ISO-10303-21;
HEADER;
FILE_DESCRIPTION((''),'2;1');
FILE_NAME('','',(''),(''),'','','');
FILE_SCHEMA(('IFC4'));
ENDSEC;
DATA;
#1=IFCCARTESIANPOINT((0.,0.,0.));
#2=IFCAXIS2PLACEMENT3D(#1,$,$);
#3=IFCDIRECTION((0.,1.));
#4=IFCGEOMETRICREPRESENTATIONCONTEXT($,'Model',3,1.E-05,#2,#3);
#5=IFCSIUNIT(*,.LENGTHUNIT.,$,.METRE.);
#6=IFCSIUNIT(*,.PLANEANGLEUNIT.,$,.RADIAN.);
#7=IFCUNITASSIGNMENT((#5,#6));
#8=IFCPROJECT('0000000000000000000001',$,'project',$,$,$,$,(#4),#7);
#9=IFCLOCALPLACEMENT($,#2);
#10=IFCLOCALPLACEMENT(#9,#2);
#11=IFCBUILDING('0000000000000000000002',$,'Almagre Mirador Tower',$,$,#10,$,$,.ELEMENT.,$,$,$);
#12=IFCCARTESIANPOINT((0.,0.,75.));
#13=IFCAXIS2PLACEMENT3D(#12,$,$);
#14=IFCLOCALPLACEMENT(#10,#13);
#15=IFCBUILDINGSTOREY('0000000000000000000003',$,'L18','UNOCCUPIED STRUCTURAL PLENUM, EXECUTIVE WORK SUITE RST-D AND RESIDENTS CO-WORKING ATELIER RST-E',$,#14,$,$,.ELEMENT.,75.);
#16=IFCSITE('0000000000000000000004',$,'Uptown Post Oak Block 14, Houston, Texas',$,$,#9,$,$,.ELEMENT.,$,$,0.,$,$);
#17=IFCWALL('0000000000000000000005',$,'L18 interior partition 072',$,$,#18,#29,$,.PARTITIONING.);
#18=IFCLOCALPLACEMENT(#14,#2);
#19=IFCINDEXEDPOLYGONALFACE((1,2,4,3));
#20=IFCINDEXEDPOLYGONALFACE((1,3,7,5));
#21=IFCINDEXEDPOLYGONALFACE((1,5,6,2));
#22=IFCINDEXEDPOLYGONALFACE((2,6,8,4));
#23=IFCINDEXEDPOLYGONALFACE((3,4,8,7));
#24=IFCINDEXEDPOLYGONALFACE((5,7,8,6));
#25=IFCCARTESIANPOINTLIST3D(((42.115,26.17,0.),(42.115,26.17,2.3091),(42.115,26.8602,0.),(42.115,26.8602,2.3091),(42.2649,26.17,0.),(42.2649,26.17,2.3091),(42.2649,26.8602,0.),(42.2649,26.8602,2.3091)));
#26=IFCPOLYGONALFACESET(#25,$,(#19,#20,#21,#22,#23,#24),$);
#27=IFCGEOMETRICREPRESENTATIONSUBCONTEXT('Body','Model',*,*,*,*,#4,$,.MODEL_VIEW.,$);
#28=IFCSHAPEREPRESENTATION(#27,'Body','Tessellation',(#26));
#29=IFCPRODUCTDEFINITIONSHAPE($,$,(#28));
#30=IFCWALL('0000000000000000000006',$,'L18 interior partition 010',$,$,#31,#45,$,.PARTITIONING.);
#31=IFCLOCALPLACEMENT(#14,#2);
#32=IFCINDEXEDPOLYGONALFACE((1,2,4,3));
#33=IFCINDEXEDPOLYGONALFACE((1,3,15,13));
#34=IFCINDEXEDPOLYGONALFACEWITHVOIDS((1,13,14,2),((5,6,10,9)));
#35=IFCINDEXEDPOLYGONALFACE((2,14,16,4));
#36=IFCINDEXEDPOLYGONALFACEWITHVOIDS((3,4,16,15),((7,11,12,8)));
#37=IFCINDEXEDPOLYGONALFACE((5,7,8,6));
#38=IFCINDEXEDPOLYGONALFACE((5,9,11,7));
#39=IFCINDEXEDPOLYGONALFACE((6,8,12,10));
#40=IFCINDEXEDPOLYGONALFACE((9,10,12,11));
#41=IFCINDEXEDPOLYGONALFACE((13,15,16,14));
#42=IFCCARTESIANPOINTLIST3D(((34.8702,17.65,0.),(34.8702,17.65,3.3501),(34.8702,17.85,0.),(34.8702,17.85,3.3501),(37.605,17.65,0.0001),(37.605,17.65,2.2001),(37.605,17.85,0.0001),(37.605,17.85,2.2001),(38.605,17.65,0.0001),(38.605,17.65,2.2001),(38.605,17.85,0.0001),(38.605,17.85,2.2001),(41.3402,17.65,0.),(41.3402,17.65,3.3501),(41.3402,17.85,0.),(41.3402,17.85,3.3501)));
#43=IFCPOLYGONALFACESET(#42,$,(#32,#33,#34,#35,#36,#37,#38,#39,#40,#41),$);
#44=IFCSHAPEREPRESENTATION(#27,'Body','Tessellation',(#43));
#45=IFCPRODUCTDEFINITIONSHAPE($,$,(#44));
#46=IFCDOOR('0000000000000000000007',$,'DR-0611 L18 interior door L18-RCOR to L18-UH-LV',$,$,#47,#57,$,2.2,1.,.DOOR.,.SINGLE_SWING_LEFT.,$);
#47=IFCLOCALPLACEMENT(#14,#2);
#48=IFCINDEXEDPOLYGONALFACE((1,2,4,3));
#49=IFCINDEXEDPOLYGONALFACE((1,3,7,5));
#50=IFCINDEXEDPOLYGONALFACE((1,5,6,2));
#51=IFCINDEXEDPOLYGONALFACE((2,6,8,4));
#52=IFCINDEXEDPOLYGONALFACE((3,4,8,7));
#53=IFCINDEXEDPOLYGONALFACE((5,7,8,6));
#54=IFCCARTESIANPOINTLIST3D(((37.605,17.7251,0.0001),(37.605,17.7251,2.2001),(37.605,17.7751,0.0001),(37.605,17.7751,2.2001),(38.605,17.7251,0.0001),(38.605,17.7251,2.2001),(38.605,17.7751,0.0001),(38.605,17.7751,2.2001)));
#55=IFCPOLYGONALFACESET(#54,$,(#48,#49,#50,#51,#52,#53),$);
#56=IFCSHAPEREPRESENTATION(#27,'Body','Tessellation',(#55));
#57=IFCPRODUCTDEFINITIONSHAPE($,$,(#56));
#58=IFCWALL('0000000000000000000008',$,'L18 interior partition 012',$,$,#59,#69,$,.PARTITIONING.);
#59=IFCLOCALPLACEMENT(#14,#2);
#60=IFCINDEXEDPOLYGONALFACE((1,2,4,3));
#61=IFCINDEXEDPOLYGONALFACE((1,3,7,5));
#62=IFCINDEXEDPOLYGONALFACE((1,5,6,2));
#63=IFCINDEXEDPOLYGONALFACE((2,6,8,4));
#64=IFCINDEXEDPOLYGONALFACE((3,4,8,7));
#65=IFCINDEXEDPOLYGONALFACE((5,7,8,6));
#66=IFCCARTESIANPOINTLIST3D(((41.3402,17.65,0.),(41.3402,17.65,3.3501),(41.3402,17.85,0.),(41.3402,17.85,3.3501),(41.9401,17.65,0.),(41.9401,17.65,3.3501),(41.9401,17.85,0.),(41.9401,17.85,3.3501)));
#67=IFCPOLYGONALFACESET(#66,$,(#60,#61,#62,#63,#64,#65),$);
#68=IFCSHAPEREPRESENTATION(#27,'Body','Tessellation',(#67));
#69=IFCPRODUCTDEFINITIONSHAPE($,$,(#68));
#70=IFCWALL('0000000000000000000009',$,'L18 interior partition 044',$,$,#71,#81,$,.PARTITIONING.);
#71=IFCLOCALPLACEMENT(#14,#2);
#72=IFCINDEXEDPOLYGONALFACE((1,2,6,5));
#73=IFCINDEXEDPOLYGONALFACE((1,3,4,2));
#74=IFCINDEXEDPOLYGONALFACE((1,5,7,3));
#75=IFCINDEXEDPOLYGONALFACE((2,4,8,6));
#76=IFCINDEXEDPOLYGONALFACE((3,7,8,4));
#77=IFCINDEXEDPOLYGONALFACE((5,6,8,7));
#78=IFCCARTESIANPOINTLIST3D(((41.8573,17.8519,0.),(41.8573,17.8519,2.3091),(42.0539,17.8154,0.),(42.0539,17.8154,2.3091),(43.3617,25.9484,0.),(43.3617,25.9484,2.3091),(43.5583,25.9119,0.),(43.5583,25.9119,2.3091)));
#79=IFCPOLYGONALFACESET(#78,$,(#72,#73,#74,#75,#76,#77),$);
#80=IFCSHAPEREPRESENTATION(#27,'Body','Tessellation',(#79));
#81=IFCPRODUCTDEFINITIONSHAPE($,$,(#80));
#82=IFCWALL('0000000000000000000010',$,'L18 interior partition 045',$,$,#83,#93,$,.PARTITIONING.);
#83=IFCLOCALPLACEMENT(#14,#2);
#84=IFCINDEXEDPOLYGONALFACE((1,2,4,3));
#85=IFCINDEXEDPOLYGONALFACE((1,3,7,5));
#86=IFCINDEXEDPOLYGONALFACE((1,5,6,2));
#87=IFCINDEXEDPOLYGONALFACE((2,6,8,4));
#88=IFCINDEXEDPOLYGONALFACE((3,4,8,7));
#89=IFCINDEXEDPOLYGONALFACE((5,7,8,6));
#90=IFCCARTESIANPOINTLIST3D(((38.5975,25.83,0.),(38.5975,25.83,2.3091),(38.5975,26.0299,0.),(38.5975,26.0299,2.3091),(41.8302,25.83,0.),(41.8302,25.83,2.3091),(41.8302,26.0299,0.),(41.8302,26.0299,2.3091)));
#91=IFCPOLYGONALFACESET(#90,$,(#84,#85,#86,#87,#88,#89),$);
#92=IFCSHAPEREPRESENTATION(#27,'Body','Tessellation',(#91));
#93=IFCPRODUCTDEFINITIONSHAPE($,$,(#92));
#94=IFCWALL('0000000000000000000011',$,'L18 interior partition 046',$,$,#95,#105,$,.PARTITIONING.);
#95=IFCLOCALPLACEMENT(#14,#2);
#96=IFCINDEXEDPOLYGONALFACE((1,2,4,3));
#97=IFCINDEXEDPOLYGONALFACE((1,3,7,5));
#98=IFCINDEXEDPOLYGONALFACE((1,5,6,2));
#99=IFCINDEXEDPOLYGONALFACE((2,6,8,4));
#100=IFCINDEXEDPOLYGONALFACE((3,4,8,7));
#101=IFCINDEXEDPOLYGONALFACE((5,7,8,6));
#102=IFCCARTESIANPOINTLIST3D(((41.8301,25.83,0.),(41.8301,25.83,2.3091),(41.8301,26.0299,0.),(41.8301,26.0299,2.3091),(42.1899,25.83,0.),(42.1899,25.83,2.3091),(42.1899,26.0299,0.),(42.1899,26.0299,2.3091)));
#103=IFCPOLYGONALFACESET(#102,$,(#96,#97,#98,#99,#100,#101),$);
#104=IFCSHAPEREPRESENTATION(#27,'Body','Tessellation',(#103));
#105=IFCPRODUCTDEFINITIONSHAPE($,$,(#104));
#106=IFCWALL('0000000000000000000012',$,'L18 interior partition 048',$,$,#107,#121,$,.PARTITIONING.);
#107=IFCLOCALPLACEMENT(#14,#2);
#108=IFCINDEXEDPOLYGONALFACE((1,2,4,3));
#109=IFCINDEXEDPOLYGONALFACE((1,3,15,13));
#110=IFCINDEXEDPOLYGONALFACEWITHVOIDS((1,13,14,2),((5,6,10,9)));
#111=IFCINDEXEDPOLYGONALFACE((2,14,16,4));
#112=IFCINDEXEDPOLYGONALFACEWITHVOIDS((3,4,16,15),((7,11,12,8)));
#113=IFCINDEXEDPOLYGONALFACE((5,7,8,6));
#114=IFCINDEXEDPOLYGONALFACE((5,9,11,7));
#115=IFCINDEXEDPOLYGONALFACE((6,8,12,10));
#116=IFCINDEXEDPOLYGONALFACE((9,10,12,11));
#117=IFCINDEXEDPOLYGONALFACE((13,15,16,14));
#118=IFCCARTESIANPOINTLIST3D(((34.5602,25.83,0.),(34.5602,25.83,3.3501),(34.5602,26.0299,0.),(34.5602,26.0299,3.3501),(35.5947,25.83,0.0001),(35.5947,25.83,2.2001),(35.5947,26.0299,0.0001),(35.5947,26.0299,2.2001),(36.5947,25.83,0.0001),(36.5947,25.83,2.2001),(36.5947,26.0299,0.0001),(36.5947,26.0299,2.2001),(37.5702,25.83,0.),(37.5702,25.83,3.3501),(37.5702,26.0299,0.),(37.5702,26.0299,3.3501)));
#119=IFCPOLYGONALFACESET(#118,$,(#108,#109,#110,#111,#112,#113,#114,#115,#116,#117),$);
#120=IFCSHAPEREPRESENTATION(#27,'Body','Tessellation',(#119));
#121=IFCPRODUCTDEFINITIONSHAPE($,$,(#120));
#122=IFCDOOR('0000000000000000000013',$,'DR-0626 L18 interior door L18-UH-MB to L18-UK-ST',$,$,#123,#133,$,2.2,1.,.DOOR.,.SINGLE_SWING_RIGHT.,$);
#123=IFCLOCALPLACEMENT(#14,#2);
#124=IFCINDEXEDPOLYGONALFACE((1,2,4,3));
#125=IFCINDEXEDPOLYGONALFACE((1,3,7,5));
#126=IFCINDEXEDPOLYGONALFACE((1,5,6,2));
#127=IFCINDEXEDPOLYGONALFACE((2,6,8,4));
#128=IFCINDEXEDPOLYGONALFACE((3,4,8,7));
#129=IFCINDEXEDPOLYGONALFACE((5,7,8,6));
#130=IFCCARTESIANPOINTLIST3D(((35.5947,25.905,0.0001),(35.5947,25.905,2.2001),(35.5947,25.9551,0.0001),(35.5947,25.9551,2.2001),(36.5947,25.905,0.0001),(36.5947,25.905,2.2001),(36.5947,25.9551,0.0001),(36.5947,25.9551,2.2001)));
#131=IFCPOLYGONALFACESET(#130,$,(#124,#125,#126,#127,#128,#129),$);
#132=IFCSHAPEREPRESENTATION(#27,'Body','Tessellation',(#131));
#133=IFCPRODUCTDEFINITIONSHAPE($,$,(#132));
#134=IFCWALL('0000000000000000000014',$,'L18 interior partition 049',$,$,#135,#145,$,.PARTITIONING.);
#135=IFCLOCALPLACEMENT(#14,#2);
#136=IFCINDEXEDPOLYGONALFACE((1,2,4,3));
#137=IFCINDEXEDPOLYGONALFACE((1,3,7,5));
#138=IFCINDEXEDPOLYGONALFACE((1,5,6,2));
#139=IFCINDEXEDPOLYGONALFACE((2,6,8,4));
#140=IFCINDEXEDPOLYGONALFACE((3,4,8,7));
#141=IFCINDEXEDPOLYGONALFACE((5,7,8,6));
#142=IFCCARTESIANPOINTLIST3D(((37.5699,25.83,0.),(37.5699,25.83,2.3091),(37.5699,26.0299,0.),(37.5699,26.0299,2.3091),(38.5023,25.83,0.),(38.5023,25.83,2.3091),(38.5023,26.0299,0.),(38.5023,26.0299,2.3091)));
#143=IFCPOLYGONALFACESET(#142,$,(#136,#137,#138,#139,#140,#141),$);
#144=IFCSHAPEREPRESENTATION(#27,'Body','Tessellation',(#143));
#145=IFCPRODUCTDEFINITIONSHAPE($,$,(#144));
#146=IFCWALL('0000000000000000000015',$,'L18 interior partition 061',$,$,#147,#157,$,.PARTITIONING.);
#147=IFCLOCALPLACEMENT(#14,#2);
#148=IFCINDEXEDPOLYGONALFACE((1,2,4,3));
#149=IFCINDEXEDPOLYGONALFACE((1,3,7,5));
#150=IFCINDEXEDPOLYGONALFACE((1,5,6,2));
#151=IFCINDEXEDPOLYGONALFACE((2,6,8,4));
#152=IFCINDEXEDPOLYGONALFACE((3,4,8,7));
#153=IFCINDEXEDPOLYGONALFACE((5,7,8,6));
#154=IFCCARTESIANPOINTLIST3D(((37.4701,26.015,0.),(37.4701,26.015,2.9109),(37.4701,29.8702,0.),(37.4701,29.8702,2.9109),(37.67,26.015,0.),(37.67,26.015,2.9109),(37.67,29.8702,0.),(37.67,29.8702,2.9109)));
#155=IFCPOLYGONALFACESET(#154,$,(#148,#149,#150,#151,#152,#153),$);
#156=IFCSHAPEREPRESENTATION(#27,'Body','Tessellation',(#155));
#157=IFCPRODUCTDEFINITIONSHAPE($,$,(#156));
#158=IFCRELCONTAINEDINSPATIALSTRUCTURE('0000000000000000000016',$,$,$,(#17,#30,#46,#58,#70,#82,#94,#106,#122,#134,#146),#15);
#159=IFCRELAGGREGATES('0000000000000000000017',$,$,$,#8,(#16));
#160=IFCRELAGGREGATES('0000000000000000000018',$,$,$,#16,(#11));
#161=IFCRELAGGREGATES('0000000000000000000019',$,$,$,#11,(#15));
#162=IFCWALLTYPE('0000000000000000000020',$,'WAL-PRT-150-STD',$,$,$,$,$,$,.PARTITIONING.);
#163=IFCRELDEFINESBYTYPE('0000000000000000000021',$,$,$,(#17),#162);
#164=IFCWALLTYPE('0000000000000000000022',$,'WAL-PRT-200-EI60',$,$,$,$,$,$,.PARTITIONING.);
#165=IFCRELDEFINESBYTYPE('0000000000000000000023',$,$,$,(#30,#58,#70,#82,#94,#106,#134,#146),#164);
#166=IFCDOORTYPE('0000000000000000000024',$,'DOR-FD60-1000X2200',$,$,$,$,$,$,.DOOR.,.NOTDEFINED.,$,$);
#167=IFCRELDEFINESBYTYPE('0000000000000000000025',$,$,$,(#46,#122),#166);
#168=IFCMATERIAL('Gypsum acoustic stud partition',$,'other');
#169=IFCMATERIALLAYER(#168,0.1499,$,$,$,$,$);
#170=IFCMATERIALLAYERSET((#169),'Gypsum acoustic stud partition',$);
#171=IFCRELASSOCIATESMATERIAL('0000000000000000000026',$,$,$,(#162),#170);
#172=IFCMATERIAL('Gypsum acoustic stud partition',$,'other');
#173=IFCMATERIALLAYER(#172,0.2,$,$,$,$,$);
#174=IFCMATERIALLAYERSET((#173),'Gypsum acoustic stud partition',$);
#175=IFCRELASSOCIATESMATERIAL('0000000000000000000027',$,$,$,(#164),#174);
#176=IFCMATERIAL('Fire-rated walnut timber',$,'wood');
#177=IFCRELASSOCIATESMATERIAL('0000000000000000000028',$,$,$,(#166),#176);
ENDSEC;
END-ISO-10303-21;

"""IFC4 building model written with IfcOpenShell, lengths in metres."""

from ifc_helpers import new_model, si_unit, direction, frame, frame_2d, origin, place, context, subcontext, project, spatial, rectangle, extrude, material, layer, layer_set, type_object, element, fill, save


model = new_model("IFC4")

# Units and contexts
model_context = context("Model", 3, precision=1e-05, world=origin(), true_north=direction((0.0, 1.0)))
body_context = subcontext(model_context, "Body", "Model", "MODEL_VIEW")
ifc_project = project(units=[si_unit("LENGTHUNIT", "METRE"), si_unit("PLANEANGLEUNIT", "RADIAN")], contexts=[model_context])

# Site, building, storey
site_placement = place(None, origin())
site = spatial("IfcSite", under=ifc_project, at=site_placement, Name="Uptown Post Oak Block 14, Houston, Texas", CompositionType="ELEMENT", RefElevation=0.0)
building_placement = place(site_placement, origin())
building = spatial("IfcBuilding", under=site, at=building_placement, Name="Almagre Mirador Tower", CompositionType="ELEMENT")
storey_placement = place(building_placement, frame((0.0, 0.0, 75.0)))
storey = spatial("IfcBuildingStorey", under=building, at=storey_placement, Name="L18", Description="UNOCCUPIED STRUCTURAL PLENUM, EXECUTIVE WORK SUITE RST-D AND RESIDENTS CO-WORKING ATELIER RST-E", CompositionType="ELEMENT", Elevation=75.0)

# Shared definitions
ifc_material_1 = material(Name="Gypsum acoustic stud partition", Category="other")
ifc_layer_1 = layer(ifc_material_1, 0.1499)
ifc_layer_set_1 = layer_set([ifc_layer_1], Name="Gypsum acoustic stud partition")
wall_type_1 = type_object("IfcWallType", Name="WAL-PRT-150-STD", PredefinedType="PARTITIONING", material=ifc_layer_set_1)

# Wall
wall_1_placement = place(storey_placement, frame((42.1899, 26.1699, 0.0), z_axis=(0.0, 0.0, 1.0), x_axis=(0.0, 1.0, 0.0)))
element("IfcWall", 1, at=wall_1_placement, inside=storey, type_object=wall_type_1, Name="L18 interior partition 072", PredefinedType="PARTITIONING", context=body_context, shape_type="SweptSolid", body=[
    extrude(rectangle(XDim=0.6902, YDim=0.1499, at=frame_2d((0.3452, 0.0))), origin(), (0.0, 0.0, 1.0), 2.3091),
])

# Wall, opening, door
ifc_material_2 = material(Name="Gypsum acoustic stud partition", Category="other")
ifc_layer_2 = layer(ifc_material_2, 0.2)
ifc_layer_set_2 = layer_set([ifc_layer_2], Name="Gypsum acoustic stud partition")
wall_type_2 = type_object("IfcWallType", Name="WAL-PRT-200-EI60", PredefinedType="PARTITIONING", material=ifc_layer_set_2)
wall_2_placement = place(storey_placement, frame((41.3401, 17.75, 0.0), z_axis=(0.0, 0.0, 1.0), x_axis=(-1.0, 0.0, 0.0)))
wall_2 = element("IfcWall", 2, at=wall_2_placement, inside=storey, type_object=wall_type_2, Name="L18 interior partition 010", PredefinedType="PARTITIONING", context=body_context, shape_type="SweptSolid", body=[
    extrude(rectangle(XDim=6.47, YDim=0.2, at=frame_2d((3.2349, 0.0))), origin(), (0.0, 0.0, 1.0), 3.3501),
])
opening_1_placement = place(wall_2_placement, frame((2.7351, 0.0, 0.0)))
opening_1 = element("IfcOpeningElement", 3, at=opening_1_placement, cuts=wall_2, PredefinedType="OPENING", context=body_context, shape_type="SweptSolid", body=[
    extrude(rectangle(XDim=1.0, YDim=2.2, at=frame_2d((0.5, 1.1001))), frame((0.0, 0.1101, 0.0), z_axis=(0.0, -1.0, 0.0), x_axis=(1.0, 0.0, 0.0)), (0.0, 0.0, 1.0), 0.22),
])
ifc_material_3 = material(Name="Fire-rated walnut timber", Category="wood")
door_type_1 = type_object("IfcDoorType", Name="DOR-FD60-1000X2200", OperationType="NOTDEFINED", PredefinedType="DOOR", material=ifc_material_3)
door_1_placement = place(opening_1_placement, origin())
door_1 = element("IfcDoor", 4, at=door_1_placement, inside=storey, type_object=door_type_1, Name="DR-0611 L18 interior door L18-RCOR to L18-UH-LV", OperationType="SINGLE_SWING_LEFT", OverallHeight=2.2, OverallWidth=1.0, PredefinedType="DOOR", context=body_context, shape_type="SweptSolid", body=[
    extrude(rectangle(XDim=1.0, YDim=2.2, at=frame_2d((0.5, 1.1001))), frame((0.0, 0.0249, 0.0), z_axis=(0.0, -1.0, 0.0), x_axis=(1.0, 0.0, 0.0)), (0.0, 0.0, 1.0), 0.05),
])
fill(opening_1, door_1)

# Walls
wall_3_placement = place(storey_placement, frame((41.9399, 17.75, 0.0), z_axis=(0.0, 0.0, 1.0), x_axis=(-1.0, 0.0, 0.0)))
element("IfcWall", 5, at=wall_3_placement, inside=storey, type_object=wall_type_2, Name="L18 interior partition 012", PredefinedType="PARTITIONING", context=body_context, shape_type="SweptSolid", body=[
    extrude(rectangle(XDim=0.5999, YDim=0.2, at=frame_2d((0.2998, 0.0))), origin(), (0.0, 0.0, 1.0), 3.3501),
])
wall_4_placement = place(storey_placement, frame((41.9556, 17.8335, 0.0), z_axis=(0.0, 0.0, 1.0), x_axis=(0.182683, 0.983172, 0.0)))
element("IfcWall", 6, at=wall_4_placement, inside=storey, type_object=wall_type_2, Name="L18 interior partition 044", PredefinedType="PARTITIONING", context=body_context, shape_type="SweptSolid", body=[
    extrude(rectangle(XDim=8.2351, YDim=0.2, at=frame_2d((4.1177, 0.0))), origin(), (0.0, 0.0, 1.0), 2.3091),
])
wall_5_placement = place(storey_placement, frame((41.8301, 25.9299, 0.0), z_axis=(0.0, 0.0, 1.0), x_axis=(-1.0, 0.0, 0.0)))
element("IfcWall", 7, at=wall_5_placement, inside=storey, type_object=wall_type_2, Name="L18 interior partition 045", PredefinedType="PARTITIONING", context=body_context, shape_type="SweptSolid", body=[
    extrude(rectangle(XDim=3.2327, YDim=0.2, at=frame_2d((1.6162, 0.0))), origin(), (0.0, 0.0, 1.0), 2.3091),
])
wall_6_placement = place(storey_placement, frame((42.1899, 25.9299, 0.0), z_axis=(0.0, 0.0, 1.0), x_axis=(-1.0, 0.0, 0.0)))
element("IfcWall", 8, at=wall_6_placement, inside=storey, type_object=wall_type_2, Name="L18 interior partition 046", PredefinedType="PARTITIONING", context=body_context, shape_type="SweptSolid", body=[
    extrude(rectangle(XDim=0.3599, YDim=0.2, at=frame_2d((0.1799, 0.0))), origin(), (0.0, 0.0, 1.0), 2.3091),
])

# Wall, opening, door
wall_7_placement = place(storey_placement, frame((37.5701, 25.9299, 0.0), z_axis=(0.0, 0.0, 1.0), x_axis=(-1.0, 0.0, 0.0)))
wall_7 = element("IfcWall", 9, at=wall_7_placement, inside=storey, type_object=wall_type_2, Name="L18 interior partition 048", PredefinedType="PARTITIONING", context=body_context, shape_type="SweptSolid", body=[
    extrude(rectangle(XDim=3.01, YDim=0.2, at=frame_2d((1.5049, 0.0))), origin(), (0.0, 0.0, 1.0), 3.3501),
])
opening_2_placement = place(wall_7_placement, frame((0.9753, 0.0, 0.0)))
opening_2 = element("IfcOpeningElement", 10, at=opening_2_placement, cuts=wall_7, PredefinedType="OPENING", context=body_context, shape_type="SweptSolid", body=[
    extrude(rectangle(XDim=1.0, YDim=2.2, at=frame_2d((0.5, 1.1001))), frame((0.0, 0.1101, 0.0), z_axis=(0.0, -1.0, 0.0), x_axis=(1.0, 0.0, 0.0)), (0.0, 0.0, 1.0), 0.22),
])
door_2_placement = place(opening_2_placement, origin())
door_2 = element("IfcDoor", 11, at=door_2_placement, inside=storey, type_object=door_type_1, Name="DR-0626 L18 interior door L18-UH-MB to L18-UK-ST", OperationType="SINGLE_SWING_RIGHT", OverallHeight=2.2, OverallWidth=1.0, PredefinedType="DOOR", context=body_context, shape_type="SweptSolid", body=[
    extrude(rectangle(XDim=1.0, YDim=2.2, at=frame_2d((0.5, 1.1001))), frame((0.0, 0.0249, 0.0), z_axis=(0.0, -1.0, 0.0), x_axis=(1.0, 0.0, 0.0)), (0.0, 0.0, 1.0), 0.05),
])
fill(opening_2, door_2)

# Walls
wall_8_placement = place(storey_placement, frame((38.5024, 25.9299, 0.0), z_axis=(0.0, 0.0, 1.0), x_axis=(-1.0, 0.0, 0.0)))
element("IfcWall", 12, at=wall_8_placement, inside=storey, type_object=wall_type_2, Name="L18 interior partition 049", PredefinedType="PARTITIONING", context=body_context, shape_type="SweptSolid", body=[
    extrude(rectangle(XDim=0.9324, YDim=0.2, at=frame_2d((0.4663, 0.0))), origin(), (0.0, 0.0, 1.0), 2.3091),
])
wall_9_placement = place(storey_placement, frame((37.5701, 26.0149, 0.0), z_axis=(0.0, 0.0, 1.0), x_axis=(0.0, 1.0, 0.0)))
element("IfcWall", 13, at=wall_9_placement, inside=storey, type_object=wall_type_2, Name="L18 interior partition 061", PredefinedType="PARTITIONING", context=body_context, shape_type="SweptSolid", body=[
    extrude(rectangle(XDim=3.8552, YDim=0.2, at=frame_2d((1.9277, 0.0))), origin(), (0.0, 0.0, 1.0), 2.9109),
])

save(model, "model.ifc")
